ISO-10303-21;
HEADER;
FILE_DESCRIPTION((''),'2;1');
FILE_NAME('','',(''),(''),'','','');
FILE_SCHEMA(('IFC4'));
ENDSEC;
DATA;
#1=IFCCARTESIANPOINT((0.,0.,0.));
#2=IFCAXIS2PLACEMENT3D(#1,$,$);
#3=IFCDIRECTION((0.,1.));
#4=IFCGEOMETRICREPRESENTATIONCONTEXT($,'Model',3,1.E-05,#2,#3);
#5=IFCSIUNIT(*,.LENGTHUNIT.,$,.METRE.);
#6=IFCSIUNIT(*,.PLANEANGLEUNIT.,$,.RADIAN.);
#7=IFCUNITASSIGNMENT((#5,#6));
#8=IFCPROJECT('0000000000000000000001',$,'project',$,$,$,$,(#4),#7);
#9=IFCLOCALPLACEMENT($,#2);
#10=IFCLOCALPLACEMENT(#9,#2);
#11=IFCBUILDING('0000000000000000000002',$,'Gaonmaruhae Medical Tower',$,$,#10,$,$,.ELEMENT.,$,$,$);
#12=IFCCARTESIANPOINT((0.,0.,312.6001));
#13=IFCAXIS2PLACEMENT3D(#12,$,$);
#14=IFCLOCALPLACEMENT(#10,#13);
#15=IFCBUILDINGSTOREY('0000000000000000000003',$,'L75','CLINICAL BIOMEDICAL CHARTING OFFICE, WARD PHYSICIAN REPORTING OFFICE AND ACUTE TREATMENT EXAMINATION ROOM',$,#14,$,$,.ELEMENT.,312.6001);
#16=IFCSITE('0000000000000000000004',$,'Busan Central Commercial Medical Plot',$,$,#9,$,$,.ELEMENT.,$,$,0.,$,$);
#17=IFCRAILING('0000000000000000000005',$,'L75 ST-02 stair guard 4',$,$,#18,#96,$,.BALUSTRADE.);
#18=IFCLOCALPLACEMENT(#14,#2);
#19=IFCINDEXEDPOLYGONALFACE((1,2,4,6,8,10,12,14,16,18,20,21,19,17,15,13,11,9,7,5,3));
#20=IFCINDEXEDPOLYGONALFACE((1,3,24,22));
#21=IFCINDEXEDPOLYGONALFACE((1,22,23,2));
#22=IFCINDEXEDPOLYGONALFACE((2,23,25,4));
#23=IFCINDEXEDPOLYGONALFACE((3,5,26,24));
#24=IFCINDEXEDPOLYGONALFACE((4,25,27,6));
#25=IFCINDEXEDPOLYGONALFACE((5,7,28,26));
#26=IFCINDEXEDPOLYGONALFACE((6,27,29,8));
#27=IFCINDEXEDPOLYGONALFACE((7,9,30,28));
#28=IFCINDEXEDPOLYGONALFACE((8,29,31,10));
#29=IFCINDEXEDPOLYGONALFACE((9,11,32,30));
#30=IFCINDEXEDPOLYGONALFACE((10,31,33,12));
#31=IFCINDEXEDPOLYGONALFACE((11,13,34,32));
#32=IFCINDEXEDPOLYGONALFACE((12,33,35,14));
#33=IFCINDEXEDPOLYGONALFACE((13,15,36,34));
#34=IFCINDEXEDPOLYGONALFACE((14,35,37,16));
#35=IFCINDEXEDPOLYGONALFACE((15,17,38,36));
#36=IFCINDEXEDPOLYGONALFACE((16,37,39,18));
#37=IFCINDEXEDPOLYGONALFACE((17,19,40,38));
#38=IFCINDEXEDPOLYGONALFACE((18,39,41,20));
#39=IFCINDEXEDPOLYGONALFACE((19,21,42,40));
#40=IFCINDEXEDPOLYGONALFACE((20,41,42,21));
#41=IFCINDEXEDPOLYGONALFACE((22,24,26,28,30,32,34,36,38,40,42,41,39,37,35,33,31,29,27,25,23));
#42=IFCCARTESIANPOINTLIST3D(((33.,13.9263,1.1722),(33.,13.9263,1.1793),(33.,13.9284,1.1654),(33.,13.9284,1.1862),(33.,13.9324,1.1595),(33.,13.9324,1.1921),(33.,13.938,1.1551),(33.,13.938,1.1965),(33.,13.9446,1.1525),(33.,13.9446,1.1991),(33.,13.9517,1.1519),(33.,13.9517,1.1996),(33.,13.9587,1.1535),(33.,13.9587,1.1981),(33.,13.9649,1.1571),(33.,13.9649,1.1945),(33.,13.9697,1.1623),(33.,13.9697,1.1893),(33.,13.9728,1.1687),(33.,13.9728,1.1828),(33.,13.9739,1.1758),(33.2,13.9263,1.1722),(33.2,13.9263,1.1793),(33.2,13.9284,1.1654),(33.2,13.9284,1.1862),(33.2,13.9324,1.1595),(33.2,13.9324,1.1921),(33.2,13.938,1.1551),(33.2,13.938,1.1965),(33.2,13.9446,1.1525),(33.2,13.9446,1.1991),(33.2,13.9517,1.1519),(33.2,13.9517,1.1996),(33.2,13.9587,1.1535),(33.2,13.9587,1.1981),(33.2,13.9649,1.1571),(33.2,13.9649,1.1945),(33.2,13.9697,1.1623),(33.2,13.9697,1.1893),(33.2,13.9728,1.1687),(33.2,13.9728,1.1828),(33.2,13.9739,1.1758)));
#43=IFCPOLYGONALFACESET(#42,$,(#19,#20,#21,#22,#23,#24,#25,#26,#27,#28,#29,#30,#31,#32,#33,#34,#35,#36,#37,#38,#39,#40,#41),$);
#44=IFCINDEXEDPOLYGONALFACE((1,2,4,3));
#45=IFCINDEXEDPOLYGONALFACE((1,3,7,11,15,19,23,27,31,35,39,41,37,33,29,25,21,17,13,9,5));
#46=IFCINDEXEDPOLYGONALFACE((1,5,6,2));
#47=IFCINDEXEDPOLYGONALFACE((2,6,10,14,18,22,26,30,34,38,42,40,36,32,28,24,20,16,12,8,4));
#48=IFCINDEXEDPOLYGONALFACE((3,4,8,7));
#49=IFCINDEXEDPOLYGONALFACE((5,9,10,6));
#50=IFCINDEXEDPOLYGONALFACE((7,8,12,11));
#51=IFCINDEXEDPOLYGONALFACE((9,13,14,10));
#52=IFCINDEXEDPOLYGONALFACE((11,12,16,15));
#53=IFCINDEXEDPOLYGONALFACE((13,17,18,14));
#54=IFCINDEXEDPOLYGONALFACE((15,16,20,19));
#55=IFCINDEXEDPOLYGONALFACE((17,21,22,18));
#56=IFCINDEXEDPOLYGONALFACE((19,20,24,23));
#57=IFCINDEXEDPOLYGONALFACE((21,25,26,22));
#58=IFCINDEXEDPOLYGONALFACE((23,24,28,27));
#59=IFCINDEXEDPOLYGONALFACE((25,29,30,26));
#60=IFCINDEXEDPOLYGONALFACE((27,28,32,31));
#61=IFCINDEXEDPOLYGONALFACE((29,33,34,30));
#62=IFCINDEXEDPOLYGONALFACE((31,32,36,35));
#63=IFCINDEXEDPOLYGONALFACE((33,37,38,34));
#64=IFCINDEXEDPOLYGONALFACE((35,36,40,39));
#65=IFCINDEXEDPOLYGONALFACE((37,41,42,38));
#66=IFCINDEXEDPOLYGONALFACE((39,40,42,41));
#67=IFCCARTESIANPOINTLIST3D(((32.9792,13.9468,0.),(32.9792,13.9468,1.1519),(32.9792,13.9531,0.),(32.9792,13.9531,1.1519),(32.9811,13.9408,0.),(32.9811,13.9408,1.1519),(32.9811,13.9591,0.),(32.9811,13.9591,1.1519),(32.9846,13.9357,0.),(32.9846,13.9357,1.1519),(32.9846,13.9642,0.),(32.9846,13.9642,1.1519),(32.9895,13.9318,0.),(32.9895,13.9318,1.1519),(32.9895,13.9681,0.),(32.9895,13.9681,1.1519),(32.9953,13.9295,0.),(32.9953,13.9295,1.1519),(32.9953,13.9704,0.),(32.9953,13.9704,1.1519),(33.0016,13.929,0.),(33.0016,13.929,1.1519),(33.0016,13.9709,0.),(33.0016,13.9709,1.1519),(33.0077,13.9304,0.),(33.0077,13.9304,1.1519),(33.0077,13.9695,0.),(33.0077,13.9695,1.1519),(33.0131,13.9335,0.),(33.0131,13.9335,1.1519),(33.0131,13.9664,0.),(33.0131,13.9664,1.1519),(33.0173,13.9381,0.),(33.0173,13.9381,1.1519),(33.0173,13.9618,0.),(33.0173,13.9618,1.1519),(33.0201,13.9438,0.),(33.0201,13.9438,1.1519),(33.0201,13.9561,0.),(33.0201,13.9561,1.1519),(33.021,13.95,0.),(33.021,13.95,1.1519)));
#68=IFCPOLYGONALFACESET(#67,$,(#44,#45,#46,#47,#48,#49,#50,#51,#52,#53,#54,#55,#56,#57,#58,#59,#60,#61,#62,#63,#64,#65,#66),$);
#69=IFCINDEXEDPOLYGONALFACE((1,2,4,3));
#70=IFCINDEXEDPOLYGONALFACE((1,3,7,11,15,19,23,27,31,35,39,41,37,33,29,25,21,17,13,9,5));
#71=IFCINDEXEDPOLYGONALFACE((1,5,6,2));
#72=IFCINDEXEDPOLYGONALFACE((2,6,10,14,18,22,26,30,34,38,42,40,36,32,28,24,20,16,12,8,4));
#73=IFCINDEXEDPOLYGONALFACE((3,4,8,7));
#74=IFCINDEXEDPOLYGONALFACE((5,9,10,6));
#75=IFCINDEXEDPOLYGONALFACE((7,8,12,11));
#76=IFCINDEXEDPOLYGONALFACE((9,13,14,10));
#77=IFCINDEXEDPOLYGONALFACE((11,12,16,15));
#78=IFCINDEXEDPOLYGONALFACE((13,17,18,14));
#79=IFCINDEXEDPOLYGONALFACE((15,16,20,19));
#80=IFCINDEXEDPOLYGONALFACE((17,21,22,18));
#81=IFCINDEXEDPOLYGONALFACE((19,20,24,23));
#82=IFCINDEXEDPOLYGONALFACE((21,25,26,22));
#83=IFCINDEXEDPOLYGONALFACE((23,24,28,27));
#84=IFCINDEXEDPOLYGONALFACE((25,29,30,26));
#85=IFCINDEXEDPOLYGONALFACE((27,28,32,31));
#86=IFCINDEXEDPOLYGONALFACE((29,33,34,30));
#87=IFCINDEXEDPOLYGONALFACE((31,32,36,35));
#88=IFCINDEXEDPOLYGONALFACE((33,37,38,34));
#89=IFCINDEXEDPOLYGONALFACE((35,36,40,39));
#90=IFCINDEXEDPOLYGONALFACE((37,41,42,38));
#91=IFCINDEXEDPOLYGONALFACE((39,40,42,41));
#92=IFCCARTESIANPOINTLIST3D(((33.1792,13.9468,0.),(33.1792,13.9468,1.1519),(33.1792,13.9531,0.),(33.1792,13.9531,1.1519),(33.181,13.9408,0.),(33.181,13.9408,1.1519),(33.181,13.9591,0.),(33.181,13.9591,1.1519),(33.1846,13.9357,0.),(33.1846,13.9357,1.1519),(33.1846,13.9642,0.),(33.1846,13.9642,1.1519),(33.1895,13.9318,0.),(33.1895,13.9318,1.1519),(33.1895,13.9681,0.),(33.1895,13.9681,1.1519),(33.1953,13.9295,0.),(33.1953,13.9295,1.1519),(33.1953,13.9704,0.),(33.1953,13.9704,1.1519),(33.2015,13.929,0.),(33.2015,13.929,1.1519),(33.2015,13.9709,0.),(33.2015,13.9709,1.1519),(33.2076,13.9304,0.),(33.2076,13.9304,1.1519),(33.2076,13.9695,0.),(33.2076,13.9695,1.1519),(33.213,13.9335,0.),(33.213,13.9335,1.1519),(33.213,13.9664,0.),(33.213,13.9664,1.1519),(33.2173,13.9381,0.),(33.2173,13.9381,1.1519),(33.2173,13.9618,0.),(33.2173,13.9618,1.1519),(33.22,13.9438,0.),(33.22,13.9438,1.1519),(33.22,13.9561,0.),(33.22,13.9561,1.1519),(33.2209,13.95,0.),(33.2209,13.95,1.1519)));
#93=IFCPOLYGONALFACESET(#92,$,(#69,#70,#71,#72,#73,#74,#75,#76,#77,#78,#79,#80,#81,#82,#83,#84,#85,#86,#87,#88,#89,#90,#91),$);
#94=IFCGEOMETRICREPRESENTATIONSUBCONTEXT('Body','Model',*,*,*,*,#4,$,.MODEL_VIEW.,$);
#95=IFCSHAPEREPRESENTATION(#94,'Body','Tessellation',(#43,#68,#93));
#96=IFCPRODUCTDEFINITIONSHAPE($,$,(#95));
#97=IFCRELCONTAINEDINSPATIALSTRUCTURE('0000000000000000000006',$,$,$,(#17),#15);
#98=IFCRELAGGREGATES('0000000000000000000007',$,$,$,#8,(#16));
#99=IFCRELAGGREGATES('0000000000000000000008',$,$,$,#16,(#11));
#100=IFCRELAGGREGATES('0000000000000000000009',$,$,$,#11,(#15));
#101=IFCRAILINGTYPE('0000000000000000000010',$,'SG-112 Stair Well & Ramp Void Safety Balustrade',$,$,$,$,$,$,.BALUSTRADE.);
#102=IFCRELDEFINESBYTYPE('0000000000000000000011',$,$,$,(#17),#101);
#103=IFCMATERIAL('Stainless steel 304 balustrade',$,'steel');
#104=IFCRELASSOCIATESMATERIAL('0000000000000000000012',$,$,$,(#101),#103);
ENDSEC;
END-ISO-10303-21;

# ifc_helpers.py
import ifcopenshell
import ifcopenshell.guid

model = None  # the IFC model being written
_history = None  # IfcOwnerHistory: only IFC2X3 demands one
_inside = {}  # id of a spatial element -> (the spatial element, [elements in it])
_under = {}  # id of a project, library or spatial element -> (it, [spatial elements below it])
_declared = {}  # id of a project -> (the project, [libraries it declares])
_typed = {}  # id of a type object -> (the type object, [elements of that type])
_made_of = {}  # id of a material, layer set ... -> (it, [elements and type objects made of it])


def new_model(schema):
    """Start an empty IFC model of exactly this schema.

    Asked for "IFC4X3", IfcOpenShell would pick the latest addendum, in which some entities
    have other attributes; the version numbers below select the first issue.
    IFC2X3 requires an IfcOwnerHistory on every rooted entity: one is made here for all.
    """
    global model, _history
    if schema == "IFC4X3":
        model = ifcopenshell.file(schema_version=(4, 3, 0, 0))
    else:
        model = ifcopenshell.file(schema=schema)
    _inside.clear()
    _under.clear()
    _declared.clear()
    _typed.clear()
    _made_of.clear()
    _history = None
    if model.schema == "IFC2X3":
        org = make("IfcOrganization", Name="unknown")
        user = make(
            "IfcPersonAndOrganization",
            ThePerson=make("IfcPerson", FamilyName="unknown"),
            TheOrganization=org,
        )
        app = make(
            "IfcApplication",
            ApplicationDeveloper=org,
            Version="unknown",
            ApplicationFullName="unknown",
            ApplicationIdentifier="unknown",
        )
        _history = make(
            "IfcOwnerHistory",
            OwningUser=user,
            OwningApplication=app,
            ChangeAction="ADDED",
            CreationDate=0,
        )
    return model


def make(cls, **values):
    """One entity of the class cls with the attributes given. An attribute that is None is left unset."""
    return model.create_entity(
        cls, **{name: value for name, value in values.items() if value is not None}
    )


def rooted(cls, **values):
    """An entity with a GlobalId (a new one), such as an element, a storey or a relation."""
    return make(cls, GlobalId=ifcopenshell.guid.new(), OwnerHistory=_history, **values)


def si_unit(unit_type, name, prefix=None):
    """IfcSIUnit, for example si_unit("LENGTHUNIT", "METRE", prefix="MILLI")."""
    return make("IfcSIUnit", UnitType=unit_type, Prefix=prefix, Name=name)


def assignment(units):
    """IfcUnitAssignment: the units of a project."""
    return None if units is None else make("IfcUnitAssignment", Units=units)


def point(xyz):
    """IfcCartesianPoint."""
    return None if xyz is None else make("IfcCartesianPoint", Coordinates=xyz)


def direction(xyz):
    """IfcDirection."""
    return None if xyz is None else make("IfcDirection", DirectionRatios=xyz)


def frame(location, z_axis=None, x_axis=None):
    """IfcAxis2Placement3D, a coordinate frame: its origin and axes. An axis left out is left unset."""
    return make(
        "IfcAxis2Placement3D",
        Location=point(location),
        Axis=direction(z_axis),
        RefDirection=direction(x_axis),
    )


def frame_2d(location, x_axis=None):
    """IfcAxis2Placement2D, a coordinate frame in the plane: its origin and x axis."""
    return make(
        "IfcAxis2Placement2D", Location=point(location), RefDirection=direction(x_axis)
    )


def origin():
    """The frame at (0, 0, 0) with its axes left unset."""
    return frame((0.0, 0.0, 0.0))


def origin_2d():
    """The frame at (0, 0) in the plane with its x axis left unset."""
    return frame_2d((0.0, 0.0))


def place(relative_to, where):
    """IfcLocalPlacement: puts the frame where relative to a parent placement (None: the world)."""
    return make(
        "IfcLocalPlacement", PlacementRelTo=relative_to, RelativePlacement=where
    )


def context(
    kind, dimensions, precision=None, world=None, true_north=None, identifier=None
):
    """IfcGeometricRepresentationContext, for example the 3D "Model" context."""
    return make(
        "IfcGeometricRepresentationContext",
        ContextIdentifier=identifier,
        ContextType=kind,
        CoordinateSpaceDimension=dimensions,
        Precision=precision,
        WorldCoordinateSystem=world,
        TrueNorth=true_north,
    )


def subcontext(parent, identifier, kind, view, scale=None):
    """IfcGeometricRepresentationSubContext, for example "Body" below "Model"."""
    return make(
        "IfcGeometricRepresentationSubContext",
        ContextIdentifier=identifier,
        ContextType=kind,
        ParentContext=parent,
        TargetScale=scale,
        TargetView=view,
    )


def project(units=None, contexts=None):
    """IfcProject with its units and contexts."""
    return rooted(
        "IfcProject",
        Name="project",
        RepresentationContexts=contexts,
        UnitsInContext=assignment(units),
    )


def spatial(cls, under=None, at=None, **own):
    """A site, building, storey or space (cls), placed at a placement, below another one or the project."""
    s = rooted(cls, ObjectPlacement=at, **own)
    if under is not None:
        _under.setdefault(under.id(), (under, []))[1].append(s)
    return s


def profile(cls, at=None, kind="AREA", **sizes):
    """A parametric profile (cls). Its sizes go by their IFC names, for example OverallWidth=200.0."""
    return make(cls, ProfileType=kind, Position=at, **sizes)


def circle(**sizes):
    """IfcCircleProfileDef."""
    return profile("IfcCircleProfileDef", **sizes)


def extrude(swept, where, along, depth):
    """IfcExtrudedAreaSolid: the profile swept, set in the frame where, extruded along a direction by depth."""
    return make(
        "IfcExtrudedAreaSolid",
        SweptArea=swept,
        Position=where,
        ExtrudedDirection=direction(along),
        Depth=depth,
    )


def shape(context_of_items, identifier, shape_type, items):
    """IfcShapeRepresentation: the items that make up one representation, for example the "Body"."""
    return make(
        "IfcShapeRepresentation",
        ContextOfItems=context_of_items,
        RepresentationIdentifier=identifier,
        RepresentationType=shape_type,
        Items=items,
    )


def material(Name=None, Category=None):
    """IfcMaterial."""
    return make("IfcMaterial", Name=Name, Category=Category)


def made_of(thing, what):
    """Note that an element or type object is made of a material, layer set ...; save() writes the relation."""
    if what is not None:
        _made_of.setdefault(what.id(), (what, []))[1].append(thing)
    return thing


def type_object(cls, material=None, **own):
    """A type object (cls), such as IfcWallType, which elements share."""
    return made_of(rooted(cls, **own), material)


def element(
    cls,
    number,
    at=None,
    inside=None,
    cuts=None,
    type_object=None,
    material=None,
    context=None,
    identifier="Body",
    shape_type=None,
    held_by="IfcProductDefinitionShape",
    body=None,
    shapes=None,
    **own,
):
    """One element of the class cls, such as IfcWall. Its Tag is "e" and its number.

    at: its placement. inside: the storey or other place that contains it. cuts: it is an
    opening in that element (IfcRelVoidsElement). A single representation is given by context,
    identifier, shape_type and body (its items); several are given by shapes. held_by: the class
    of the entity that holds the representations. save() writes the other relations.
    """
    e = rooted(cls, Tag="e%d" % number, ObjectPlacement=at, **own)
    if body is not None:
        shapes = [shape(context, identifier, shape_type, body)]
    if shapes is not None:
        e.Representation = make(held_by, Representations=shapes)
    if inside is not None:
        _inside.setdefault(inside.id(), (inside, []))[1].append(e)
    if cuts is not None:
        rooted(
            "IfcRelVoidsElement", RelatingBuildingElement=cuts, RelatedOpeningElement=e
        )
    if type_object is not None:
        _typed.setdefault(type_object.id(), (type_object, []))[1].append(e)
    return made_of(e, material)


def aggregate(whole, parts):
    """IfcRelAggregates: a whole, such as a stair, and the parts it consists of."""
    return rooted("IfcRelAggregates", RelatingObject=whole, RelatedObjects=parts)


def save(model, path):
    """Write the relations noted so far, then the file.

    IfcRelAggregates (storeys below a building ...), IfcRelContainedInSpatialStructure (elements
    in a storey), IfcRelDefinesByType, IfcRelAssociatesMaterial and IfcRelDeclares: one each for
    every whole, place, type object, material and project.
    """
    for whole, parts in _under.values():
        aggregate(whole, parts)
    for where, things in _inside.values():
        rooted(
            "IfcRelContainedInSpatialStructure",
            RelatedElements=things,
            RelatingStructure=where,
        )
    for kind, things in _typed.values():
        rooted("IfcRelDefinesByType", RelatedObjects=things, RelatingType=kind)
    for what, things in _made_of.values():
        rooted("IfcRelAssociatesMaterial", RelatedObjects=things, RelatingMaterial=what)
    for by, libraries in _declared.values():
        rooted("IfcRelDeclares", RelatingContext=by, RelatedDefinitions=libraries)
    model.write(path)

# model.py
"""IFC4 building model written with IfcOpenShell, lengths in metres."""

from ifc_helpers import new_model, si_unit, direction, frame, origin, origin_2d, place, context, subcontext, project, spatial, circle, extrude, material, type_object, element, save


model = new_model("IFC4")

# Units and contexts
model_context = context("Model", 3, precision=1e-05, world=origin(), true_north=direction((0.0, 1.0)))
body_context = subcontext(model_context, "Body", "Model", "MODEL_VIEW")
ifc_project = project(units=[si_unit("LENGTHUNIT", "METRE"), si_unit("PLANEANGLEUNIT", "RADIAN")], contexts=[model_context])

# Site, building, storey
site_placement = place(None, origin())
site = spatial("IfcSite", under=ifc_project, at=site_placement, Name="Busan Central Commercial Medical Plot", CompositionType="ELEMENT", RefElevation=0.0)
building_placement = place(site_placement, origin())
building = spatial("IfcBuilding", under=site, at=building_placement, Name="Gaonmaruhae Medical Tower", CompositionType="ELEMENT")
storey_placement = place(building_placement, frame((0.0, 0.0, 312.6001)))
storey = spatial("IfcBuildingStorey", under=building, at=storey_placement, Name="L75", Description="CLINICAL BIOMEDICAL CHARTING OFFICE, WARD PHYSICIAN REPORTING OFFICE AND ACUTE TREATMENT EXAMINATION ROOM", CompositionType="ELEMENT", Elevation=312.6001)

# Railing
ifc_material_1 = material(Name="Stainless steel 304 balustrade", Category="steel")
railing_type_1 = type_object("IfcRailingType", Name="SG-112 Stair Well & Ramp Void Safety Balustrade", PredefinedType="BALUSTRADE", material=ifc_material_1)
railing_1_placement = place(storey_placement, frame((33.0, 13.95, 0.0)))
element("IfcRailing", 1, at=railing_1_placement, inside=storey, type_object=railing_type_1, Name="L75 ST-02 stair guard 4", PredefinedType="BALUSTRADE", context=body_context, shape_type="SweptSolid", body=[
    extrude(circle(Radius=0.0239, at=origin_2d()), frame((0.0, 0.0, 1.1758), z_axis=(1.0, 0.0, 0.0), x_axis=(0.0, 1.0, 0.0)), (0.0, 0.0, 1.0), 0.2),
    extrude(circle(Radius=0.021, at=origin_2d()), origin(), (0.0, 0.0, 1.0), 1.1519),
    extrude(circle(Radius=0.021, at=origin_2d()), frame((0.2, 0.0, 0.0)), (0.0, 0.0, 1.0), 1.1519),
])

save(model, "model.ifc")
